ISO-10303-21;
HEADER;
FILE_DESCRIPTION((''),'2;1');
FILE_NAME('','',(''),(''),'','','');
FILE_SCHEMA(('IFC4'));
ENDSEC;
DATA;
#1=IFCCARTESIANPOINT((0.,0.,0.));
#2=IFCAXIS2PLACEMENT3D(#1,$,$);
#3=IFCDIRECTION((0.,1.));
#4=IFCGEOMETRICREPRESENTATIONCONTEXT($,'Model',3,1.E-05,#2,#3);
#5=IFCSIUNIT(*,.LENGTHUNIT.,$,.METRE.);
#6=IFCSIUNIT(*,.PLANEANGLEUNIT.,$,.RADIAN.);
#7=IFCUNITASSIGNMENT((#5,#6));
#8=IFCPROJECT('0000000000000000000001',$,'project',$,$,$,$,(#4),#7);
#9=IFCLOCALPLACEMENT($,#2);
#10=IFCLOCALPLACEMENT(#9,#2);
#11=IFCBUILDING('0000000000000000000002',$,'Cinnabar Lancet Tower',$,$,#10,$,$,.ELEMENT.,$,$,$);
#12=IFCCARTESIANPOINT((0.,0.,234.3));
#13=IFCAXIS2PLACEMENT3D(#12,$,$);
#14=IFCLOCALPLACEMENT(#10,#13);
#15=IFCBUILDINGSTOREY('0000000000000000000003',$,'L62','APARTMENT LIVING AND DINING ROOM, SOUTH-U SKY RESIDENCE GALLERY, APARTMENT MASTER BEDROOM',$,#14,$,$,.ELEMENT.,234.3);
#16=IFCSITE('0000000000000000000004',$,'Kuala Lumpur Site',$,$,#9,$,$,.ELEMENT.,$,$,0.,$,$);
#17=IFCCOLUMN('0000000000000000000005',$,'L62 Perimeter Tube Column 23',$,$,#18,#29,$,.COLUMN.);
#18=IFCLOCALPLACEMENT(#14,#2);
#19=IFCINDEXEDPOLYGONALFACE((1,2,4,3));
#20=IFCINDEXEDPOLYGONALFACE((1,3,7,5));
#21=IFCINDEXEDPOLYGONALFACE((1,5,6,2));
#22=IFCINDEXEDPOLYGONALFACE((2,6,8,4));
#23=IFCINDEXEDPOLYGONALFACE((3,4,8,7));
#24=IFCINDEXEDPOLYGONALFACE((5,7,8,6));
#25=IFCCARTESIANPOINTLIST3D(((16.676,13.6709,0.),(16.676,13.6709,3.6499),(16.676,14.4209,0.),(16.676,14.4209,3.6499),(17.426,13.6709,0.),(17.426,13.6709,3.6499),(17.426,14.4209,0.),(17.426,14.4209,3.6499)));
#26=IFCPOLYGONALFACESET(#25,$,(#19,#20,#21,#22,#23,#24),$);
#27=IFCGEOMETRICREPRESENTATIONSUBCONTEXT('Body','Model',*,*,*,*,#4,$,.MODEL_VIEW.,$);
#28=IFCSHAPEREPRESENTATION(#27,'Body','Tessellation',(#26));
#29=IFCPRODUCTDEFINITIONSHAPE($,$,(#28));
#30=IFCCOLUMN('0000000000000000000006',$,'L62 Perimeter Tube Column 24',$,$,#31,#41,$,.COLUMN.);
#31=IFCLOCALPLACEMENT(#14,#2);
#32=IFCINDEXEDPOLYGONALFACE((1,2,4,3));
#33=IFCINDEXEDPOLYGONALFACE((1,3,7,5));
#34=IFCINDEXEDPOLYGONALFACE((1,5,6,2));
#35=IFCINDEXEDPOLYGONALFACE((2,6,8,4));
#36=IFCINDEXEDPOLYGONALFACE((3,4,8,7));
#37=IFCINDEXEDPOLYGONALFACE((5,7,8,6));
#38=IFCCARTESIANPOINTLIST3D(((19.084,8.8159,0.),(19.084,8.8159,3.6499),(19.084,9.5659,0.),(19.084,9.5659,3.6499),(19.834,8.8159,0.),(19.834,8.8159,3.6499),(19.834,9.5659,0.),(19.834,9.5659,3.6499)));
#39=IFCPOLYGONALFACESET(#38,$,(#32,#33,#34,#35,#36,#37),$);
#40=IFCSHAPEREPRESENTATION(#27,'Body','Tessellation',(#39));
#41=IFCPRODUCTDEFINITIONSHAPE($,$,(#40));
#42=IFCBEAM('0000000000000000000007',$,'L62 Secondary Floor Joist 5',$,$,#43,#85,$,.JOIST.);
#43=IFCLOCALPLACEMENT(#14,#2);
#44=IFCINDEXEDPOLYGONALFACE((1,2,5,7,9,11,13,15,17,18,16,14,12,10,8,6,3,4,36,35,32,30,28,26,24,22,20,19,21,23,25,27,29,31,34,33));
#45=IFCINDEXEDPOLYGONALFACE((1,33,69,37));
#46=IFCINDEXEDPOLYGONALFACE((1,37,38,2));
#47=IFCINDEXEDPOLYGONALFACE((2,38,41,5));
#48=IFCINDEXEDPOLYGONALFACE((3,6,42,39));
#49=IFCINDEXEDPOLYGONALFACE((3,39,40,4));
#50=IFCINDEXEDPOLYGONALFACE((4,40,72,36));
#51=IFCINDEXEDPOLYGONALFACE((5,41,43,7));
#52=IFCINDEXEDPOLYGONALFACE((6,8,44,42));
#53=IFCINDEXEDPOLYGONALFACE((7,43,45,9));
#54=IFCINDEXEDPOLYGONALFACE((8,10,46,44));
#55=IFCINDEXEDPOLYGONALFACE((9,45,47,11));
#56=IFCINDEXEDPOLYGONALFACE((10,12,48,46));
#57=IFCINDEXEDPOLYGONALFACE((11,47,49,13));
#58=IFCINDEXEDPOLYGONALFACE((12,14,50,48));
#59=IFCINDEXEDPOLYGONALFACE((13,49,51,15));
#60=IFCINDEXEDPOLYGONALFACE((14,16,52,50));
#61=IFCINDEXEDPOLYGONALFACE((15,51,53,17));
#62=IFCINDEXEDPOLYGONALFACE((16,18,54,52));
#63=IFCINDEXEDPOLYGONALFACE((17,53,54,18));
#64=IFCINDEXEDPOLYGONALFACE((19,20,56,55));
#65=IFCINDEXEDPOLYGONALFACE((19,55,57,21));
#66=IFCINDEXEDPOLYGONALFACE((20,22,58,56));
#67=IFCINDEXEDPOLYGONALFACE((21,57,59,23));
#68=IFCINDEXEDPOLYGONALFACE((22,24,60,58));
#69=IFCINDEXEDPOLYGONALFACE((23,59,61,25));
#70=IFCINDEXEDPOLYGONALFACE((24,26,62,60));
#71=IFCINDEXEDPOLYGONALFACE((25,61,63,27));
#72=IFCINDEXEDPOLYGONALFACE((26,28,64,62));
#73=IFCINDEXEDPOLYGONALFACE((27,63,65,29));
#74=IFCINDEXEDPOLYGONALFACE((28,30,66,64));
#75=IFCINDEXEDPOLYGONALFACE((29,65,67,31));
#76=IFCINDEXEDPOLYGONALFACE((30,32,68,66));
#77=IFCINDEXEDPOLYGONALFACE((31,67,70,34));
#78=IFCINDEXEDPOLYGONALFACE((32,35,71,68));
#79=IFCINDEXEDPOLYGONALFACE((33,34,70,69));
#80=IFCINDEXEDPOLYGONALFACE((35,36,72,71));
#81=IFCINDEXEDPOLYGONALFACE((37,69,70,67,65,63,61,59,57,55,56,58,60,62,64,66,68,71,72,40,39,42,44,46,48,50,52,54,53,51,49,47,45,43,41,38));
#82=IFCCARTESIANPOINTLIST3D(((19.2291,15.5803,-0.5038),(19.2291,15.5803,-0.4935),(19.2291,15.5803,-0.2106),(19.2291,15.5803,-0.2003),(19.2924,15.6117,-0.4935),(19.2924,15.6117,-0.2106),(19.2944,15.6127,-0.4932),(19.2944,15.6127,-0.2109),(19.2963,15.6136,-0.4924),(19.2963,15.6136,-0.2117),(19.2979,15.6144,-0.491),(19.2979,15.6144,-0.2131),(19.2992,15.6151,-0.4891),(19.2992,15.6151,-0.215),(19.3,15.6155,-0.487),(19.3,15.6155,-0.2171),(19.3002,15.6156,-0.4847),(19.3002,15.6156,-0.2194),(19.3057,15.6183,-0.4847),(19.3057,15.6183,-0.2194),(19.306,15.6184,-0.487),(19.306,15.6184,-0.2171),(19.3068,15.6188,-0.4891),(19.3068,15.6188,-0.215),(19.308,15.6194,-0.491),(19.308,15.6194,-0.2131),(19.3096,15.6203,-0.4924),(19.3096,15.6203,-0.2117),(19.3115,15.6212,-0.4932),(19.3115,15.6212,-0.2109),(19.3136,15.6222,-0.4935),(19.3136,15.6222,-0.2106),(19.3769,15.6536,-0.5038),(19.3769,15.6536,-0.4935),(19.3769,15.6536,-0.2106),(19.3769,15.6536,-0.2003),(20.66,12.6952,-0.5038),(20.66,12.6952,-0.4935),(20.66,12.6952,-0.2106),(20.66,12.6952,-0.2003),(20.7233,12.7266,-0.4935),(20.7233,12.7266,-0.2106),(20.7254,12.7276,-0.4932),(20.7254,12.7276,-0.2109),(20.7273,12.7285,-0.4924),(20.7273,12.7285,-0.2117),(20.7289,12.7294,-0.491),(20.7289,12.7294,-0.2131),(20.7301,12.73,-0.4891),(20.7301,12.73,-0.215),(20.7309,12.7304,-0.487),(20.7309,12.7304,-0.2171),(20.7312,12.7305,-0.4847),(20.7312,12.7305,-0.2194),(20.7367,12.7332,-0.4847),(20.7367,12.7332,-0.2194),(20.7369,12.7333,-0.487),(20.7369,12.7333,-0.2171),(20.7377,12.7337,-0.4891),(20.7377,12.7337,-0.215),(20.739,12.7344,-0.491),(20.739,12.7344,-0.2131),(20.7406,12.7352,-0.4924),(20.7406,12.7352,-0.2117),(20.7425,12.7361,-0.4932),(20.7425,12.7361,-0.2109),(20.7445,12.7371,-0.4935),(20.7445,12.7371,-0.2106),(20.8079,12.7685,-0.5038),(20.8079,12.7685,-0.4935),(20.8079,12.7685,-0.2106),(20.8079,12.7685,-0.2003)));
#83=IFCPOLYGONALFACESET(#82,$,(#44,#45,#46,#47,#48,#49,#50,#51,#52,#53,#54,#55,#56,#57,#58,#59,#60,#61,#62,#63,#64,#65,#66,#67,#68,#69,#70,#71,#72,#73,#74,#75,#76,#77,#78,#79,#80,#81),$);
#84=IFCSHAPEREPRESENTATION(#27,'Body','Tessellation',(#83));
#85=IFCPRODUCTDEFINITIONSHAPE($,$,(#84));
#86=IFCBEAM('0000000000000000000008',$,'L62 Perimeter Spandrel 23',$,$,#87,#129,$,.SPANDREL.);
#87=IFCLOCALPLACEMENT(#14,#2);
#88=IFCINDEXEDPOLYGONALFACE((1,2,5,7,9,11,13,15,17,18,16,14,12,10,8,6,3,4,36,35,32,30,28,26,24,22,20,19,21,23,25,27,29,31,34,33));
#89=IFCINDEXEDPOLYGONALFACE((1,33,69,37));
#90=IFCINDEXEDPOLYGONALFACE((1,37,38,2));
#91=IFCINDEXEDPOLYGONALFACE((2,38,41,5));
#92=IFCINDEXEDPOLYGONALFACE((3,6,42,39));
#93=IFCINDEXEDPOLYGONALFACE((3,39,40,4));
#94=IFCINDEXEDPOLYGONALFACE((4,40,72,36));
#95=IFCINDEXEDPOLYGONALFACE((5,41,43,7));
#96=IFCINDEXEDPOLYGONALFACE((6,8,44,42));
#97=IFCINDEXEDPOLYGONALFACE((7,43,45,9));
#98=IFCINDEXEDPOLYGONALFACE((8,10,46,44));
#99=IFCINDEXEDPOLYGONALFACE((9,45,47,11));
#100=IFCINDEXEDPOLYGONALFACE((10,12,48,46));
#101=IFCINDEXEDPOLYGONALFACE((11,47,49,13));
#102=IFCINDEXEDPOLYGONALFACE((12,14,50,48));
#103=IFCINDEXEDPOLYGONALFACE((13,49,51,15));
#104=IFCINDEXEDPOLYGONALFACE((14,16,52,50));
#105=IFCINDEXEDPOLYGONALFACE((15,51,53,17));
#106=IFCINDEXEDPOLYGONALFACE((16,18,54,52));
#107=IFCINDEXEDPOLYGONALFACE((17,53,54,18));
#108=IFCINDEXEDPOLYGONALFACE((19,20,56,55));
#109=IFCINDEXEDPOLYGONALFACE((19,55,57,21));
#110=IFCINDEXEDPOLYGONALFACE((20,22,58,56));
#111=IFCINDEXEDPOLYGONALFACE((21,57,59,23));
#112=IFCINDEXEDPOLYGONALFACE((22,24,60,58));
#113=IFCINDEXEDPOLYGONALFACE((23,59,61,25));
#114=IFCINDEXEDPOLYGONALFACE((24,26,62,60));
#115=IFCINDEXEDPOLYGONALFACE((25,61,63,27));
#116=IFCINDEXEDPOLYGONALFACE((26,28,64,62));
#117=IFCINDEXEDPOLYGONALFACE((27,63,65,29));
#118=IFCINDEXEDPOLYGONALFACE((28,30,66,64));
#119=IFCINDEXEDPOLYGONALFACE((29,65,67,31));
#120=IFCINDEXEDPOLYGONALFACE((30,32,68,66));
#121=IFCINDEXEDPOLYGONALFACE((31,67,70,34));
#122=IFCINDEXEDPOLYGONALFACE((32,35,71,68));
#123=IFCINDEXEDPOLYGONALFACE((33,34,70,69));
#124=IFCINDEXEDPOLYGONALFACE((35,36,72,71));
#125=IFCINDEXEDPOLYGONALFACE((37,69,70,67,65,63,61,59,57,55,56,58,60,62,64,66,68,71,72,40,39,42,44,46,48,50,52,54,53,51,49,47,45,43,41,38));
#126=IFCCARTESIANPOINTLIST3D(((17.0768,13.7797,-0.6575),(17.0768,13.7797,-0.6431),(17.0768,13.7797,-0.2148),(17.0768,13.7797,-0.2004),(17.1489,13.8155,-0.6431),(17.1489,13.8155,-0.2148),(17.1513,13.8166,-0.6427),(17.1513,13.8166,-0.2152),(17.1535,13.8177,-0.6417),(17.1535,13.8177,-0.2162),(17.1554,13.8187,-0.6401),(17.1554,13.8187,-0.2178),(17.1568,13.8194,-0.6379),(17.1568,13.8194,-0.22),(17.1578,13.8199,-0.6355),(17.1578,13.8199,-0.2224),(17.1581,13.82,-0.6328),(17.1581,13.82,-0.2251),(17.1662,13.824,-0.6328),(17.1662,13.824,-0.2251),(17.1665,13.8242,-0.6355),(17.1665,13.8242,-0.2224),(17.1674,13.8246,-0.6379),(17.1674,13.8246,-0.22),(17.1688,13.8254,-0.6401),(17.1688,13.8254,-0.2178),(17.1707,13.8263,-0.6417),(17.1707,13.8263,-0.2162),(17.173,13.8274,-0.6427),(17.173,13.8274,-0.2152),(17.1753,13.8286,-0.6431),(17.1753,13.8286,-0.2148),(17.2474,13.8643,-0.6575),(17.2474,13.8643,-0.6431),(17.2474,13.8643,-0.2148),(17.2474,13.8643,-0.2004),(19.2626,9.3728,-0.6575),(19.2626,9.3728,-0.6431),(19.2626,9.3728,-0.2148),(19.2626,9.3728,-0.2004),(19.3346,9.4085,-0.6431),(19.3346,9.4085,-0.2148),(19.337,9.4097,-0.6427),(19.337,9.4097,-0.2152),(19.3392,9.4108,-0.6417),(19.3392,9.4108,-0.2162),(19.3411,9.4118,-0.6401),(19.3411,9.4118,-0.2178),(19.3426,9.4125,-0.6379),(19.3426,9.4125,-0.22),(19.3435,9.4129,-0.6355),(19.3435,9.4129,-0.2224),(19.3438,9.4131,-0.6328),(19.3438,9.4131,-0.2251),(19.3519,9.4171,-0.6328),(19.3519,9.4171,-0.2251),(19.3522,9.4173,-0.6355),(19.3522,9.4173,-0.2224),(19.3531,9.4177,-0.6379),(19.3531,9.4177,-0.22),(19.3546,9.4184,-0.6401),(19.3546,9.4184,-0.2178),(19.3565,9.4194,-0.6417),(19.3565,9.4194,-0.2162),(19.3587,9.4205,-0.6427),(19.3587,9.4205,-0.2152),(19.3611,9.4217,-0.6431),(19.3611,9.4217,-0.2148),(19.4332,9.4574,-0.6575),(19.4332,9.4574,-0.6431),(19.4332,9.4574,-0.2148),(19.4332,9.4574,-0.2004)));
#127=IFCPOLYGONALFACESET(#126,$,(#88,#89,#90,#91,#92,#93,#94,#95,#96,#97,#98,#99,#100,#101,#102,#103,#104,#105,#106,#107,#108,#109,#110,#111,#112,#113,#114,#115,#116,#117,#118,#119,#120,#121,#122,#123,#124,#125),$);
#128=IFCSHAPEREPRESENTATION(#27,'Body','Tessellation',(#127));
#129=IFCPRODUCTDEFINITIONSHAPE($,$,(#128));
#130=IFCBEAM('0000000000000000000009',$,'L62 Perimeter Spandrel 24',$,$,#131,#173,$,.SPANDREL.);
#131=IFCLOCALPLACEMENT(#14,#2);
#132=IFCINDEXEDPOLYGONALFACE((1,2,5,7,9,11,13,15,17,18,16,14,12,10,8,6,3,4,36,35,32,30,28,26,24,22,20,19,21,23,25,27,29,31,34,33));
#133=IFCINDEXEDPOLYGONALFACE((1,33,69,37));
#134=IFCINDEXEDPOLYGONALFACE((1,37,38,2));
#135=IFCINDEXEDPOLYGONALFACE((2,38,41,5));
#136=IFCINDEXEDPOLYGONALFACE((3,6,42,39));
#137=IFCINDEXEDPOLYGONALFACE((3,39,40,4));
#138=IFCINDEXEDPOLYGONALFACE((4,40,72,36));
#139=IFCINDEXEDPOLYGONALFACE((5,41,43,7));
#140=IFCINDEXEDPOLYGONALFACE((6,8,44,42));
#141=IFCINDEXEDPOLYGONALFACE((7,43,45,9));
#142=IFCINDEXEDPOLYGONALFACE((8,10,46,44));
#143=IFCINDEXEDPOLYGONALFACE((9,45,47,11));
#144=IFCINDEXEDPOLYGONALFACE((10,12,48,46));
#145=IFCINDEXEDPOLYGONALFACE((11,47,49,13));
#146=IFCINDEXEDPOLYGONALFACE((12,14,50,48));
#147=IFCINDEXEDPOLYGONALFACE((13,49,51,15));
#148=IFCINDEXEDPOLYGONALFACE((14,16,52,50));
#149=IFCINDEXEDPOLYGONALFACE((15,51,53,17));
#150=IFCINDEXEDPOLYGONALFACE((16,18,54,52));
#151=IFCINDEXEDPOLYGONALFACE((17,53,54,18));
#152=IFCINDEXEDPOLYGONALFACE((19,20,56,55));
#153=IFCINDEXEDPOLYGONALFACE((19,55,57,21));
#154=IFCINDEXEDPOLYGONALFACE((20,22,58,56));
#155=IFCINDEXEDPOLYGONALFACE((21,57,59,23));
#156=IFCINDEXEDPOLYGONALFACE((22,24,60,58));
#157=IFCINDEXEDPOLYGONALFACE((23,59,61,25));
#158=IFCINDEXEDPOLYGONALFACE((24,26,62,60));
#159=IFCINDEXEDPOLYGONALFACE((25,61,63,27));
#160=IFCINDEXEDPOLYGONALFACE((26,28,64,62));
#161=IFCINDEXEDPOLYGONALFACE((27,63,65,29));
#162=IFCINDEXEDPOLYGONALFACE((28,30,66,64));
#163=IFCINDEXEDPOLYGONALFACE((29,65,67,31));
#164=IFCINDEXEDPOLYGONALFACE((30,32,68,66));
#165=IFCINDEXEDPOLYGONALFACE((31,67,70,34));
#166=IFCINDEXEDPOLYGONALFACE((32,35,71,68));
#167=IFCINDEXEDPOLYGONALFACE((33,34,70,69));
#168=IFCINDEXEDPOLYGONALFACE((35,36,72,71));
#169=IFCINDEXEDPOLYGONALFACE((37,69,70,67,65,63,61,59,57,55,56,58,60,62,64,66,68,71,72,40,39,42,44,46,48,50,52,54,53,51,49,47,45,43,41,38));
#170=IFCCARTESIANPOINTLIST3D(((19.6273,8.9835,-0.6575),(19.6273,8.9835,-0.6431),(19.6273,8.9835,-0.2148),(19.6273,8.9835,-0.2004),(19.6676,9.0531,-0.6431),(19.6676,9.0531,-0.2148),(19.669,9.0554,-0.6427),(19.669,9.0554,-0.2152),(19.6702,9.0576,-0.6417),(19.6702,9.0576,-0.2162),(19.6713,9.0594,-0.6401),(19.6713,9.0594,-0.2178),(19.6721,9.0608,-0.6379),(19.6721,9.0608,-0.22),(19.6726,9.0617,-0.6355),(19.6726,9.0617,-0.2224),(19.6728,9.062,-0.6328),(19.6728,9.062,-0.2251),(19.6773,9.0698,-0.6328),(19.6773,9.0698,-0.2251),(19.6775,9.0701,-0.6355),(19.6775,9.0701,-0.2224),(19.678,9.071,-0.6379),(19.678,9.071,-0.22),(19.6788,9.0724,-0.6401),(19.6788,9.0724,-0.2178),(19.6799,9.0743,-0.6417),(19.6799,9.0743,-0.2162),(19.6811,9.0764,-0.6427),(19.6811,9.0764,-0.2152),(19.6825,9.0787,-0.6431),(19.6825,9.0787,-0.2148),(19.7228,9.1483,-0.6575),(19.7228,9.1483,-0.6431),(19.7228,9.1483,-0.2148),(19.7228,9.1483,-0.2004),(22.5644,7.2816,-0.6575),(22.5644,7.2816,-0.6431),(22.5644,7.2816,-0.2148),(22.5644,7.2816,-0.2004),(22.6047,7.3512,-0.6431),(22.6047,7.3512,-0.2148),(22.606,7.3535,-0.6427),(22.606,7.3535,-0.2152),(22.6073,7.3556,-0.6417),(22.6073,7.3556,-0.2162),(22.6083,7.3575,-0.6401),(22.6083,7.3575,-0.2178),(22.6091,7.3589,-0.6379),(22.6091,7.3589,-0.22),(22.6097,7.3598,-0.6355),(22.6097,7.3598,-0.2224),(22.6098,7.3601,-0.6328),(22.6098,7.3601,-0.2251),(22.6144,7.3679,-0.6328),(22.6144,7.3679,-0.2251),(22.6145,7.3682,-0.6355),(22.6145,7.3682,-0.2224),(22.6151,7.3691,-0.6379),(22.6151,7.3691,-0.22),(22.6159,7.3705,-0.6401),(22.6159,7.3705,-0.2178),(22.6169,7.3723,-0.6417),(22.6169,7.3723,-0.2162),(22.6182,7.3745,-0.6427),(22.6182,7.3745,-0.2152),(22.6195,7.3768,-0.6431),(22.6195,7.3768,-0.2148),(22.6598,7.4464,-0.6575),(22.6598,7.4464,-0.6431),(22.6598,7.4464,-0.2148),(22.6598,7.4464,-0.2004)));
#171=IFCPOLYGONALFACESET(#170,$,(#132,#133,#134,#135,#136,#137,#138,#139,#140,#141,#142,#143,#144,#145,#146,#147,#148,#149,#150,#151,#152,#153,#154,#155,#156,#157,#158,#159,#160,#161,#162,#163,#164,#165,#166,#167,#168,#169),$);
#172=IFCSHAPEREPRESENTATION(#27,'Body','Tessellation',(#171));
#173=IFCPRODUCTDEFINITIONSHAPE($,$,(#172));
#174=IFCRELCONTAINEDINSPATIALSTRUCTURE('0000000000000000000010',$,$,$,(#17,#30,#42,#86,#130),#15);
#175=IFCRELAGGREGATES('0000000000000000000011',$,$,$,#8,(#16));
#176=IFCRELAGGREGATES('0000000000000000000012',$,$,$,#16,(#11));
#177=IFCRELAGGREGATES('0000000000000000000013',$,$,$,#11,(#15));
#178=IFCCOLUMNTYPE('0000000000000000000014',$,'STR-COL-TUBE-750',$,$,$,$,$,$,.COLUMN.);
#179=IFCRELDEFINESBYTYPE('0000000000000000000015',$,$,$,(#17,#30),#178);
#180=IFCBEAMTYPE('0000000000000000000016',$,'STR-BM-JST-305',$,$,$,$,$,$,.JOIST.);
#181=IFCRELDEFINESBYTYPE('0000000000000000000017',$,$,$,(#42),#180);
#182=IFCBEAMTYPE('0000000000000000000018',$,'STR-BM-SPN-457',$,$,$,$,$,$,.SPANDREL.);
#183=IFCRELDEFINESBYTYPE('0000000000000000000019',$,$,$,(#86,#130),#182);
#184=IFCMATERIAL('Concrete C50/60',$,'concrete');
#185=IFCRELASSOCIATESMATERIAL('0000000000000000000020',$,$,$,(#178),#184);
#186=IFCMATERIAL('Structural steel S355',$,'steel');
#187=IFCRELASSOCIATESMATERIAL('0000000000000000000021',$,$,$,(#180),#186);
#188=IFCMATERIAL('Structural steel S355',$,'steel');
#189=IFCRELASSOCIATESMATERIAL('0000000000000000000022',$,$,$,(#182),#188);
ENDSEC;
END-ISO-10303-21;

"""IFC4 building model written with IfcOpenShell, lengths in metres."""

from ifc_helpers import new_model, si_unit, direction, frame, origin, origin_2d, place, context, subcontext, project, spatial, rectangle, i_section, extrude, material, material_profile, profile_set, type_object, element, save


model = new_model("IFC4")

# Units and contexts
model_context = context("Model", 3, precision=1e-05, world=origin(), true_north=direction((0.0, 1.0)))
body_context = subcontext(model_context, "Body", "Model", "MODEL_VIEW")
ifc_project = project(units=[si_unit("LENGTHUNIT", "METRE"), si_unit("PLANEANGLEUNIT", "RADIAN")], contexts=[model_context])

# Site, building, storey
site_placement = place(None, origin())
site = spatial("IfcSite", under=ifc_project, at=site_placement, Name="Kuala Lumpur Site", CompositionType="ELEMENT", RefElevation=0.0)
building_placement = place(site_placement, origin())
building = spatial("IfcBuilding", under=site, at=building_placement, Name="Cinnabar Lancet Tower", CompositionType="ELEMENT")
storey_placement = place(building_placement, frame((0.0, 0.0, 234.3)))
storey = spatial("IfcBuildingStorey", under=building, at=storey_placement, Name="L62", Description="APARTMENT LIVING AND DINING ROOM, SOUTH-U SKY RESIDENCE GALLERY, APARTMENT MASTER BEDROOM", CompositionType="ELEMENT", Elevation=234.3)

# Columns
ifc_material_1 = material(Name="Concrete C50/60", Category="concrete")
ifc_material_profile_1 = material_profile(ifc_material_1, rectangle(XDim=0.75, YDim=0.75, at=origin_2d()), Name="RC-COL 750x750")
ifc_profile_set_1 = profile_set([ifc_material_profile_1], Name="Concrete C50/60")
column_type = type_object("IfcColumnType", Name="STR-COL-TUBE-750", PredefinedType="COLUMN", material=ifc_profile_set_1)
for number, where, z_axis, x_axis, name in (
    (1, (17.051, 14.0459, 0.0), (0.0, 0.0, 1.0), (1.0, 0.0, 0.0), "L62 Perimeter Tube Column 23"),
    (2, (19.459, 9.1909, 0.0), (0.0, 0.0, 1.0), (1.0, 0.0, 0.0), "L62 Perimeter Tube Column 24"),
):
    element("IfcColumn", number, at=place(storey_placement, frame(where, z_axis=z_axis, x_axis=x_axis)), inside=storey, type_object=column_type, Name=name, PredefinedType="COLUMN", context=body_context, shape_type="SweptSolid", body=[
        extrude(rectangle(XDim=0.75, YDim=0.75, at=origin_2d()), origin(), (0.0, 0.0, 1.0), 3.6499),
    ])

# Beams
ifc_material_2 = material(Name="Structural steel S355", Category="steel")
ifc_material_profile_2 = material_profile(ifc_material_2, i_section(OverallWidth=0.165, OverallDepth=0.3035, WebThickness=0.0061, FlangeThickness=0.0103, FilletRadius=0.0088, at=origin_2d()), Name="UKB 305x165x40")
ifc_profile_set_2 = profile_set([ifc_material_profile_2], Name="Structural steel S355")
beam_type_1 = type_object("IfcBeamType", Name="STR-BM-JST-305", PredefinedType="JOIST", material=ifc_profile_set_2)
beam_1_placement = place(storey_placement, frame((19.303, 15.6169, -0.3521), z_axis=(0.44433, -0.895863, 0.0), x_axis=(0.895863, 0.44433, 0.0)))
element("IfcBeam", 3, at=beam_1_placement, inside=storey, type_object=beam_type_1, Name="L62 Secondary Floor Joist 5", PredefinedType="JOIST", context=body_context, shape_type="SweptSolid", body=[
    extrude(i_section(OverallWidth=0.165, OverallDepth=0.3035, WebThickness=0.0061, FlangeThickness=0.0103, FilletRadius=0.0088, at=origin_2d()), origin(), (0.0, 0.0, 1.0), 3.2205),
])
ifc_material_3 = material(Name="Structural steel S355", Category="steel")
ifc_material_profile_3 = material_profile(ifc_material_3, i_section(OverallWidth=0.1904, OverallDepth=0.457, WebThickness=0.009, FlangeThickness=0.0144, FilletRadius=0.0103, at=origin_2d()), Name="UKB 457x191x74")
ifc_profile_set_3 = profile_set([ifc_material_profile_3], Name="Structural steel S355")
beam_type_2 = type_object("IfcBeamType", Name="STR-BM-SPN-457", PredefinedType="SPANDREL", material=ifc_profile_set_3)
beam_2_placement = place(storey_placement, frame((17.1621, 13.822, -0.429), z_axis=(0.444333, -0.895862, 0.0), x_axis=(0.895862, 0.444333, 0.0)))
element("IfcBeam", 4, at=beam_2_placement, inside=storey, type_object=beam_type_2, Name="L62 Perimeter Spandrel 23", PredefinedType="SPANDREL", context=body_context, shape_type="SweptSolid", body=[
    extrude(i_section(OverallWidth=0.1904, OverallDepth=0.457, WebThickness=0.009, FlangeThickness=0.0144, FilletRadius=0.0103, at=origin_2d()), origin(), (0.0, 0.0, 1.0), 4.9192),
])
beam_3_placement = place(storey_placement, frame((19.675, 9.0659, -0.429), z_axis=(0.865231, -0.501374, 0.0), x_axis=(0.501374, 0.865231, 0.0)))
element("IfcBeam", 5, at=beam_3_placement, inside=storey, type_object=beam_type_2, Name="L62 Perimeter Spandrel 24", PredefinedType="SPANDREL", context=body_context, shape_type="SweptSolid", body=[
    extrude(i_section(OverallWidth=0.1904, OverallDepth=0.457, WebThickness=0.009, FlangeThickness=0.0144, FilletRadius=0.0103, at=origin_2d()), origin(), (0.0, 0.0, 1.0), 3.3945),
])

save(model, "model.ifc")
